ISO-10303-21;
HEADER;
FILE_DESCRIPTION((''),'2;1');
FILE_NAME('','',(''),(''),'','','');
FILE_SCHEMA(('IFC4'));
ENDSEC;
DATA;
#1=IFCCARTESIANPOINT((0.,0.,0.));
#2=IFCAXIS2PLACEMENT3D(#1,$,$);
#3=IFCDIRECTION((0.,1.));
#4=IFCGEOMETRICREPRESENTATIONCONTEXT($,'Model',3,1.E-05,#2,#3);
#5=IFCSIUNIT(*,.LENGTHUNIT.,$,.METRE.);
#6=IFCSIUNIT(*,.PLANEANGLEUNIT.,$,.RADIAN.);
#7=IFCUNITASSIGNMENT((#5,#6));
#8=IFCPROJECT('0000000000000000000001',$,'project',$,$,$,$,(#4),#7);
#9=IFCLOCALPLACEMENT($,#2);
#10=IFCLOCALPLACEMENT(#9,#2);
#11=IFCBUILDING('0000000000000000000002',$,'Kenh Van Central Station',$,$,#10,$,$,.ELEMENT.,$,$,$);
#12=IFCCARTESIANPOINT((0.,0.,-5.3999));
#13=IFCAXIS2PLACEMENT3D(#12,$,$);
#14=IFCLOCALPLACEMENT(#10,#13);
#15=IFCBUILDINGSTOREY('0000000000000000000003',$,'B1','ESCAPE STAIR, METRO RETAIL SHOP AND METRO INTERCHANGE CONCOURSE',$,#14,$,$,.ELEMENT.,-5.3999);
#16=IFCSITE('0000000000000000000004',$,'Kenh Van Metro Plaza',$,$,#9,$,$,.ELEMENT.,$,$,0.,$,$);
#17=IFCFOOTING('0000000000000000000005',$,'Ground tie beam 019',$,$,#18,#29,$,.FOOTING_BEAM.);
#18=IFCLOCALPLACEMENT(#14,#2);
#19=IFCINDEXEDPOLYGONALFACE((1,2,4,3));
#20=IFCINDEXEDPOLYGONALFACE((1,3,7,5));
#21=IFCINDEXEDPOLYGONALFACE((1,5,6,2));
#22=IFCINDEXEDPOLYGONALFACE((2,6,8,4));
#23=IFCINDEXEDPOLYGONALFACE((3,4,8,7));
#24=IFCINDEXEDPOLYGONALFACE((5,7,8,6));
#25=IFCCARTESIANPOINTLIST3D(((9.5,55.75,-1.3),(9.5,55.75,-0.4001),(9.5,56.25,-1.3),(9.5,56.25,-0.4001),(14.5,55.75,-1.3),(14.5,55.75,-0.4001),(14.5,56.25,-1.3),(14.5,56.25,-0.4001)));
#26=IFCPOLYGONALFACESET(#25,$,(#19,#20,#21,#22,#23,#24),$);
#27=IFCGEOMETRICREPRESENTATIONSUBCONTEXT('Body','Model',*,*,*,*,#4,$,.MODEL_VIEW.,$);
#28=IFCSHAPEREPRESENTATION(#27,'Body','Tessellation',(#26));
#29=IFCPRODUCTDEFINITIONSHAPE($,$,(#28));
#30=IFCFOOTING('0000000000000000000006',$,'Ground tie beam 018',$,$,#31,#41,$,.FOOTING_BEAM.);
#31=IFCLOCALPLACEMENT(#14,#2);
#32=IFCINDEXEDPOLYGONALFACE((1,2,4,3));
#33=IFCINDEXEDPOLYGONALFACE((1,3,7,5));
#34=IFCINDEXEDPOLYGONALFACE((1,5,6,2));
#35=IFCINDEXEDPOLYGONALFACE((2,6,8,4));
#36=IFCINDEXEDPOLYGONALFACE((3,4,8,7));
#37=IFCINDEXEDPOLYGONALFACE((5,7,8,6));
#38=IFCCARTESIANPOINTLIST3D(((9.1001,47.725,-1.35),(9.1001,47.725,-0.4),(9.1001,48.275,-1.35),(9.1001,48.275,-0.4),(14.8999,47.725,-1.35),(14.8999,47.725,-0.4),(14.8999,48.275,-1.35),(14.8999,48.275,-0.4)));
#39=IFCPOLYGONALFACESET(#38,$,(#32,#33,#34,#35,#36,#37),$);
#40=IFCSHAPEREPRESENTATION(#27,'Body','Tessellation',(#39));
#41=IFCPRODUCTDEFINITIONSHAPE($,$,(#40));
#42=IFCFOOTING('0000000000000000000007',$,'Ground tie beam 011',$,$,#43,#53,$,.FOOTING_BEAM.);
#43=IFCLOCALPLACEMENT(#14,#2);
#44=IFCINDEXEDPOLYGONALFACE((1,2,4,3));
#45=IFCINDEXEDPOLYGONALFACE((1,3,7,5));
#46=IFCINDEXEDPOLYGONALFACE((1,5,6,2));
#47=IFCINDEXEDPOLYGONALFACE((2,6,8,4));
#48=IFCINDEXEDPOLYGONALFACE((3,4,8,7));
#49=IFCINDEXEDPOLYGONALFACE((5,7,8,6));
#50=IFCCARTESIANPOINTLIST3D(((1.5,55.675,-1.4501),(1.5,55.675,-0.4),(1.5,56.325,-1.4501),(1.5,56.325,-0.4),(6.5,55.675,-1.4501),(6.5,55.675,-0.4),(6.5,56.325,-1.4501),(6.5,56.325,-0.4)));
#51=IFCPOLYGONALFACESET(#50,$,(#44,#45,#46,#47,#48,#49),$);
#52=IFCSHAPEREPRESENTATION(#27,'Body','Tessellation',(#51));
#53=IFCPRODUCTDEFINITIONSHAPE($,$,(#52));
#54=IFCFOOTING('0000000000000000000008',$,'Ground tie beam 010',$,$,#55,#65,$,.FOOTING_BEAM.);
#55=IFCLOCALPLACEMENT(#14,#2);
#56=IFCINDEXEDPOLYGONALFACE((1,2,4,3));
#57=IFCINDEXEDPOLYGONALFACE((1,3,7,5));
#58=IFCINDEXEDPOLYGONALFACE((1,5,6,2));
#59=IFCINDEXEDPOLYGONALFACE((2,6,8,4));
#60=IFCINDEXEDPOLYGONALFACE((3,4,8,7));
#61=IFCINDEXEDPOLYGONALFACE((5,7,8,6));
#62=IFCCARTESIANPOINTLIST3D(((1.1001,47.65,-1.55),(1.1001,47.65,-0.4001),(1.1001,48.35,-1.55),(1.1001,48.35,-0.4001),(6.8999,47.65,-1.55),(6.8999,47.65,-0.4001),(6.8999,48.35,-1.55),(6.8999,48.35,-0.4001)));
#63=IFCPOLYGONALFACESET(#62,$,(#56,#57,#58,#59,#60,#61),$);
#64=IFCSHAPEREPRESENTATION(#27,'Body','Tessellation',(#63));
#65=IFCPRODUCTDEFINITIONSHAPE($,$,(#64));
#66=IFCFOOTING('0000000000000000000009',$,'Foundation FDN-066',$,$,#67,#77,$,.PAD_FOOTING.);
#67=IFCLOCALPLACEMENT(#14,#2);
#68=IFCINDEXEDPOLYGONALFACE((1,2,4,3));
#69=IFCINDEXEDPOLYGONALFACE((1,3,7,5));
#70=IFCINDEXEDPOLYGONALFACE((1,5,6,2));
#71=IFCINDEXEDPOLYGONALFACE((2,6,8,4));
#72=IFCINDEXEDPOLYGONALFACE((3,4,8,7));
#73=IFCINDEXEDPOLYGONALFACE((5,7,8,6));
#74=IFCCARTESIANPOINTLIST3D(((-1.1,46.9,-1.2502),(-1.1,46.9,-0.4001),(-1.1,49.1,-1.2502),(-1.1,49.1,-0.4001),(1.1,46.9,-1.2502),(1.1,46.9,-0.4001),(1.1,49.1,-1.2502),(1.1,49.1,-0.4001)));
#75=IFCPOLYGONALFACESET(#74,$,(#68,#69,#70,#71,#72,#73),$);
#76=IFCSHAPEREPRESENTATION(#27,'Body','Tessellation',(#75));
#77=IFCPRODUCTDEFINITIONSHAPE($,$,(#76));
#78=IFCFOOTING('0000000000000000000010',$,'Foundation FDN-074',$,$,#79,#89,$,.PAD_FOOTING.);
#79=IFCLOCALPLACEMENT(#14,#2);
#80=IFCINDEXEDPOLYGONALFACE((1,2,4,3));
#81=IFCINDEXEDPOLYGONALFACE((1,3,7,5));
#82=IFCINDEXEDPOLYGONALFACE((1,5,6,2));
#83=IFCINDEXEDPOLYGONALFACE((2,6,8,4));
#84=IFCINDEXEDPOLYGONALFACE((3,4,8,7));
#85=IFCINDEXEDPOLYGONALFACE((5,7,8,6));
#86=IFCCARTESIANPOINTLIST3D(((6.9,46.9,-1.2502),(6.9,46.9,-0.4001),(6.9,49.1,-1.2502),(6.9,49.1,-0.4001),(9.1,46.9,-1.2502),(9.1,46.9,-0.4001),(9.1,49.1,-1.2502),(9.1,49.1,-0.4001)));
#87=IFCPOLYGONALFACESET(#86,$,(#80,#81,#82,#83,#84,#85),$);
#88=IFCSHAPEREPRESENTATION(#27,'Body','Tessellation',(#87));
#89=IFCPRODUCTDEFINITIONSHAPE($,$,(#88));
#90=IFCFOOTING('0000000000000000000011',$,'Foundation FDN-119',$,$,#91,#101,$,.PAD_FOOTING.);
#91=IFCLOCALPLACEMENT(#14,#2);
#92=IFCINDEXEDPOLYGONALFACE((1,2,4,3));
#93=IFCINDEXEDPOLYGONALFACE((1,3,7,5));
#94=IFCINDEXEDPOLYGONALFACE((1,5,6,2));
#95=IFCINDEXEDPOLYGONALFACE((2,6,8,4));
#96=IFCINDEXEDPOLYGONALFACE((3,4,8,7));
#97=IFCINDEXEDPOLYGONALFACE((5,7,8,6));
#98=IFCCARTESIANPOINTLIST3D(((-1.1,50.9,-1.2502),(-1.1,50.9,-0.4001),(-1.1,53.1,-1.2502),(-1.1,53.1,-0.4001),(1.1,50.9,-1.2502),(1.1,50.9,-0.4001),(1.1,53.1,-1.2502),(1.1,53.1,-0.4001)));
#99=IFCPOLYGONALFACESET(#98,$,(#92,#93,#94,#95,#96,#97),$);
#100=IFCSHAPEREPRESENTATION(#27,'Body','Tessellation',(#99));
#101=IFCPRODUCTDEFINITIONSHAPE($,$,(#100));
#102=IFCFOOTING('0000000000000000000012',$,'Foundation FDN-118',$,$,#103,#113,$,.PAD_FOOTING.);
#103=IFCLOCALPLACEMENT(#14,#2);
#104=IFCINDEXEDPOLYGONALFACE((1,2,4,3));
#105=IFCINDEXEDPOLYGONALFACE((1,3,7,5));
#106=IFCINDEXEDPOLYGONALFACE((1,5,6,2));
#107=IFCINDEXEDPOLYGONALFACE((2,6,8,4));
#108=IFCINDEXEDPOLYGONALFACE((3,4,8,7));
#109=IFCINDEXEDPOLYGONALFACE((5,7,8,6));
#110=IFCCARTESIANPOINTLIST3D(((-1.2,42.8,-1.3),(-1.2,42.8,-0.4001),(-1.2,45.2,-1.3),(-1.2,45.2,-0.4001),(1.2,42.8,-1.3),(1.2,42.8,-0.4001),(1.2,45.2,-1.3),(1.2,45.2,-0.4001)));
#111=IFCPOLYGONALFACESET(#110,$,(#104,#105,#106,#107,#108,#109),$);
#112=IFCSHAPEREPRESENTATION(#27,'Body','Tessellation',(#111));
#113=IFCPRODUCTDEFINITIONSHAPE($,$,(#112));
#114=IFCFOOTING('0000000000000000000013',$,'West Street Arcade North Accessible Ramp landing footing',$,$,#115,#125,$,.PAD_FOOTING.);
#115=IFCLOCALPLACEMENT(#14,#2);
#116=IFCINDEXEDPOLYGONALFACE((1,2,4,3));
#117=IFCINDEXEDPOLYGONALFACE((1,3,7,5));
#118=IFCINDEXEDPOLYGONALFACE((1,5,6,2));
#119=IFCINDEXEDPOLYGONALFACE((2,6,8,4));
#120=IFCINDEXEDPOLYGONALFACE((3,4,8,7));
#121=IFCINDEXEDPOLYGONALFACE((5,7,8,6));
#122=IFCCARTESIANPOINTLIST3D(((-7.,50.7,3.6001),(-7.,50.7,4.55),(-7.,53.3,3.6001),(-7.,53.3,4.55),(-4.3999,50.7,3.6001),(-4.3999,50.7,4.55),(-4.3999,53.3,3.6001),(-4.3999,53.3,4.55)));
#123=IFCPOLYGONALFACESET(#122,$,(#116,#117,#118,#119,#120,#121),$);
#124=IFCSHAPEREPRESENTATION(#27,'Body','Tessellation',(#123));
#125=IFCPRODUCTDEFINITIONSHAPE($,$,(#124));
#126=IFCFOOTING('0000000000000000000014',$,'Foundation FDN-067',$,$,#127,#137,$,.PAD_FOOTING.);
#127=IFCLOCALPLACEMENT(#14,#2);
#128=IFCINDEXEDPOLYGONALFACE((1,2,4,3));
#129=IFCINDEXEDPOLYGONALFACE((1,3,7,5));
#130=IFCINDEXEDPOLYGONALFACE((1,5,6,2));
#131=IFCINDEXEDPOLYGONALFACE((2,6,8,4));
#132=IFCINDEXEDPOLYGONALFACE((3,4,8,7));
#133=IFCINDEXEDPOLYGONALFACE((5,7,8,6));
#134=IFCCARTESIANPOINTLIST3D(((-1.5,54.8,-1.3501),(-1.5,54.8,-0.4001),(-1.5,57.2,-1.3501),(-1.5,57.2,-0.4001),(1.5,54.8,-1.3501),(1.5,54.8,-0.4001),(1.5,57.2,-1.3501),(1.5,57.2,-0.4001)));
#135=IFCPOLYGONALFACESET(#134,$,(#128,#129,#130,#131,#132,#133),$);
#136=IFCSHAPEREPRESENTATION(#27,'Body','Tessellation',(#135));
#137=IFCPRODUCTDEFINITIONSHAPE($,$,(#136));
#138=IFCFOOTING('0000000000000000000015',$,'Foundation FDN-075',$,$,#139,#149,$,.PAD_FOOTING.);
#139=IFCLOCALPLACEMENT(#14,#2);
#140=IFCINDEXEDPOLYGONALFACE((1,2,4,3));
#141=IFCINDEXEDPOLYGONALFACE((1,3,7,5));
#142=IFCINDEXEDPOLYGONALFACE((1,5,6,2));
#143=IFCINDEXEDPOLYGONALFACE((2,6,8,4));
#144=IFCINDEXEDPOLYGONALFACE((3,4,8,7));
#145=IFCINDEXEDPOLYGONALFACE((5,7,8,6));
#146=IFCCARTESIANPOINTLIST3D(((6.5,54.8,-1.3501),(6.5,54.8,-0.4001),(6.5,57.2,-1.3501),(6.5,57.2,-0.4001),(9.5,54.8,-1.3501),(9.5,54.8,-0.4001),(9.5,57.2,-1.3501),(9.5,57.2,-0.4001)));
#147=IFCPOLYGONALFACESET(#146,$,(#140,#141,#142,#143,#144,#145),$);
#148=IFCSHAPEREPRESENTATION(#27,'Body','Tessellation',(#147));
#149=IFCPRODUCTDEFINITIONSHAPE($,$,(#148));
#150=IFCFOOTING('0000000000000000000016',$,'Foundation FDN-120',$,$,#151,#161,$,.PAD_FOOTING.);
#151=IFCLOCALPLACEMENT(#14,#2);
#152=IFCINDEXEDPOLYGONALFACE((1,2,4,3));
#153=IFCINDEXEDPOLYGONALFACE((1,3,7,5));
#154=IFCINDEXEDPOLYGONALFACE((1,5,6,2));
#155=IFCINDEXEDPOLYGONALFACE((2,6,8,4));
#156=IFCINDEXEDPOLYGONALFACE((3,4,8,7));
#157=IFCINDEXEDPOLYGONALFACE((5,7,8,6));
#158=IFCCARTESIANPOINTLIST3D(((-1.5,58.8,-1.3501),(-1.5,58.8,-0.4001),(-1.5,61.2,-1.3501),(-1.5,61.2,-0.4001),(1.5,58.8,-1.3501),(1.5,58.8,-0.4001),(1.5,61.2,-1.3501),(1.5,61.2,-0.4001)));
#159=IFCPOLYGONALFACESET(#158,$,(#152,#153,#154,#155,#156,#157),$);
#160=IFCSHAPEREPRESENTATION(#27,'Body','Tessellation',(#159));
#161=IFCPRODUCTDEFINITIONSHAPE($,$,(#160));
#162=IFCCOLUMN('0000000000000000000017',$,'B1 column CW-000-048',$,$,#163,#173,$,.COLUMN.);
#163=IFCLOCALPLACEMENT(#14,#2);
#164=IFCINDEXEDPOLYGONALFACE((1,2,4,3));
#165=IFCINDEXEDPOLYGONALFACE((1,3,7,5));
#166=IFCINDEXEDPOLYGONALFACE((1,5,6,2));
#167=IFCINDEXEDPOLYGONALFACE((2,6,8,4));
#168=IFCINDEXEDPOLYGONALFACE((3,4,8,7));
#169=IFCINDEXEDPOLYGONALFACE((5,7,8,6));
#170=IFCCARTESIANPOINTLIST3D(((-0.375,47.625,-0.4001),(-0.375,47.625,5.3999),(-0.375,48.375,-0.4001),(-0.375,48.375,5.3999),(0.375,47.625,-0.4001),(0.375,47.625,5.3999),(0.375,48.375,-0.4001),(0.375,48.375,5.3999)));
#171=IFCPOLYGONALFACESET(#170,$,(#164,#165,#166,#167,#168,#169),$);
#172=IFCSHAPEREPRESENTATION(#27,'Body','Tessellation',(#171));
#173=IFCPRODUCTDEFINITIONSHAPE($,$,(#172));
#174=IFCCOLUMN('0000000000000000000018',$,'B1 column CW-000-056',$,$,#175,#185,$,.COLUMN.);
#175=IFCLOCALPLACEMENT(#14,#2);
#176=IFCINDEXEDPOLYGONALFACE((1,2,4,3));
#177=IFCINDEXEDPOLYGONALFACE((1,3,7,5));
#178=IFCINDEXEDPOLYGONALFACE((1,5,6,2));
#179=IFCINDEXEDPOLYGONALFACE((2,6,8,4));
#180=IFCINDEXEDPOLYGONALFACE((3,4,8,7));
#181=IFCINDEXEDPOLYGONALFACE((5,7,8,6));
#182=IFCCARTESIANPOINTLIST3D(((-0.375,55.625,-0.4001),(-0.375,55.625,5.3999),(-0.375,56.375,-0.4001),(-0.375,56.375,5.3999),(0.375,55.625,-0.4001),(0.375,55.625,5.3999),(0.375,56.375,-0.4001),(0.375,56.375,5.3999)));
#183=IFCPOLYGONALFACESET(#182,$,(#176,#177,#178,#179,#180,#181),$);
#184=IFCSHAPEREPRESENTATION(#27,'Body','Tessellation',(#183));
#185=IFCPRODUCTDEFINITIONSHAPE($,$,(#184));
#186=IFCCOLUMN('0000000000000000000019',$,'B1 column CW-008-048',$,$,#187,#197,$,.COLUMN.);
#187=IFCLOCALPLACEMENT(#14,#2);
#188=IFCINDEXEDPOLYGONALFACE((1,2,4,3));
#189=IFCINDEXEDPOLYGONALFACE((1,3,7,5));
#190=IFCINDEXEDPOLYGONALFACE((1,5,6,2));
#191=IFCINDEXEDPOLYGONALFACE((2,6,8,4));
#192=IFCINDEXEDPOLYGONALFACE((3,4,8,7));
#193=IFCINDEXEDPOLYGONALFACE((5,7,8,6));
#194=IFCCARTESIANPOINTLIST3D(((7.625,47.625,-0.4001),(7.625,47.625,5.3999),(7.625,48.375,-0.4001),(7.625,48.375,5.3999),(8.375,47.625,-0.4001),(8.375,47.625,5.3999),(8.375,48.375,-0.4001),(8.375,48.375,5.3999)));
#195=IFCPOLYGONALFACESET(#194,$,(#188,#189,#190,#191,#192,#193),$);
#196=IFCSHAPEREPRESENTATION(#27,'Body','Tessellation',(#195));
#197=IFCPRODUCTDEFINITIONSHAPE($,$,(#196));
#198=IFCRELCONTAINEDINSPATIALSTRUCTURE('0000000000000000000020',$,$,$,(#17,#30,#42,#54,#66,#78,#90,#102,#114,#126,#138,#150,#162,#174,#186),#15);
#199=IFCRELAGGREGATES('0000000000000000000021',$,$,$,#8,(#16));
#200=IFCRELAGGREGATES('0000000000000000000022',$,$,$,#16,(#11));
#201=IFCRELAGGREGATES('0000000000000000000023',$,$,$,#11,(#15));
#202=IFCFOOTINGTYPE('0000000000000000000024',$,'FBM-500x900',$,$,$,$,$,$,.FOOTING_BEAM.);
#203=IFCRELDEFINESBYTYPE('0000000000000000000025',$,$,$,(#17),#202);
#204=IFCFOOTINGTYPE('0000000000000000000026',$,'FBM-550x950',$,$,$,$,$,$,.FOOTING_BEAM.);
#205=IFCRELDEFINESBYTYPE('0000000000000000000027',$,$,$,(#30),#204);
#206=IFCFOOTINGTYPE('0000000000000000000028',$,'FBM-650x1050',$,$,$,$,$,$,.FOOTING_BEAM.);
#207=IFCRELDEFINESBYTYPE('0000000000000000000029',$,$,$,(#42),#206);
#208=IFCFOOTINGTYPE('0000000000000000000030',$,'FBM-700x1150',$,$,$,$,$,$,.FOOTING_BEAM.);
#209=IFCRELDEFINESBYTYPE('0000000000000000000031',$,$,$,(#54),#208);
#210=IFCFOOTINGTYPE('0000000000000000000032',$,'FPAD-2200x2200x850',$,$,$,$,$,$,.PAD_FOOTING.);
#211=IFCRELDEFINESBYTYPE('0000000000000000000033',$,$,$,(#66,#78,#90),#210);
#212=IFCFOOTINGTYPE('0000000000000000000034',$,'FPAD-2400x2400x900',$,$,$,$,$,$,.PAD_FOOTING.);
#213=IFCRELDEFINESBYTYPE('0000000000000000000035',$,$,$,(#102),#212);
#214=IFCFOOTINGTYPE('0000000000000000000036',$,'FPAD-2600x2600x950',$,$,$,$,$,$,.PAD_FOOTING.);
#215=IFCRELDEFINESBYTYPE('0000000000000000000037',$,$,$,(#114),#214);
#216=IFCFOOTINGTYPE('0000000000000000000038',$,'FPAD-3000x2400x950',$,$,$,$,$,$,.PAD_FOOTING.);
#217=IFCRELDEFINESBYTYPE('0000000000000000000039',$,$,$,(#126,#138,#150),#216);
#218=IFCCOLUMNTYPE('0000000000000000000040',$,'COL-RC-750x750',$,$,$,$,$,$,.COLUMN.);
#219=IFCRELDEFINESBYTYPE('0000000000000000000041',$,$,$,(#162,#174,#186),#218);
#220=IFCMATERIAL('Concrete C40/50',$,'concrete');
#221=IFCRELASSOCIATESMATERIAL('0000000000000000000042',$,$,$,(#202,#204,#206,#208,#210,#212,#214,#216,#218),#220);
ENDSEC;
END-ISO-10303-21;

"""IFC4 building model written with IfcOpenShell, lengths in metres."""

from ifc_helpers import new_model, si_unit, direction, frame, origin, origin_2d, place, context, subcontext, project, spatial, rectangle, extrude, material, material_profile, profile_set, type_object, element, save


model = new_model("IFC4")

# Units and contexts
model_context = context("Model", 3, precision=1e-05, world=origin(), true_north=direction((0.0, 1.0)))
body_context = subcontext(model_context, "Body", "Model", "MODEL_VIEW")
ifc_project = project(units=[si_unit("LENGTHUNIT", "METRE"), si_unit("PLANEANGLEUNIT", "RADIAN")], contexts=[model_context])

# Site, building, storey
site_placement = place(None, origin())
site = spatial("IfcSite", under=ifc_project, at=site_placement, Name="Kenh Van Metro Plaza", CompositionType="ELEMENT", RefElevation=0.0)
building_placement = place(site_placement, origin())
building = spatial("IfcBuilding", under=site, at=building_placement, Name="Kenh Van Central Station", CompositionType="ELEMENT")
storey_placement = place(building_placement, frame((0.0, 0.0, -5.3999)))
storey = spatial("IfcBuildingStorey", under=building, at=storey_placement, Name="B1", Description="ESCAPE STAIR, METRO RETAIL SHOP AND METRO INTERCHANGE CONCOURSE", CompositionType="ELEMENT", Elevation=-5.3999)

# Footings
ifc_material_1 = material(Name="Concrete C40/50", Category="concrete")
ifc_material_profile_1 = material_profile(ifc_material_1, rectangle(XDim=0.5, YDim=0.8999, at=origin_2d()), Name="RC 500x900")
ifc_profile_set_1 = profile_set([ifc_material_profile_1], Name="Concrete C40/50")
footing_type_1 = type_object("IfcFootingType", Name="FBM-500x900", PredefinedType="FOOTING_BEAM", material=ifc_profile_set_1)
footing_1_placement = place(storey_placement, frame((9.5, 56.0, -0.8501), z_axis=(1.0, 0.0, 0.0), x_axis=(0.0, 1.0, 0.0)))
element("IfcFooting", 1, at=footing_1_placement, inside=storey, type_object=footing_type_1, Name="Ground tie beam 019", PredefinedType="FOOTING_BEAM", context=body_context, shape_type="SweptSolid", body=[
    extrude(rectangle(XDim=0.5, YDim=0.8999, at=origin_2d()), origin(), (0.0, 0.0, 1.0), 5.0),
])
ifc_material_profile_2 = material_profile(ifc_material_1, rectangle(XDim=0.55, YDim=0.95, at=origin_2d()), Name="RC 550x950")
ifc_profile_set_2 = profile_set([ifc_material_profile_2], Name="Concrete C40/50")
footing_type_2 = type_object("IfcFootingType", Name="FBM-550x950", PredefinedType="FOOTING_BEAM", material=ifc_profile_set_2)
footing_2_placement = place(storey_placement, frame((9.1001, 48.0, -0.875), z_axis=(1.0, 0.0, 0.0), x_axis=(0.0, 1.0, 0.0)))
element("IfcFooting", 2, at=footing_2_placement, inside=storey, type_object=footing_type_2, Name="Ground tie beam 018", PredefinedType="FOOTING_BEAM", context=body_context, shape_type="SweptSolid", body=[
    extrude(rectangle(XDim=0.55, YDim=0.95, at=origin_2d()), origin(), (0.0, 0.0, 1.0), 5.7998),
])
ifc_material_profile_3 = material_profile(ifc_material_1, rectangle(XDim=0.6499, YDim=1.05, at=origin_2d()), Name="RC 650x1050")
ifc_profile_set_3 = profile_set([ifc_material_profile_3], Name="Concrete C40/50")
footing_type_3 = type_object("IfcFootingType", Name="FBM-650x1050", PredefinedType="FOOTING_BEAM", material=ifc_profile_set_3)
footing_3_placement = place(storey_placement, frame((1.5, 56.0, -0.925), z_axis=(1.0, 0.0, 0.0), x_axis=(0.0, 1.0, 0.0)))
element("IfcFooting", 3, at=footing_3_placement, inside=storey, type_object=footing_type_3, Name="Ground tie beam 011", PredefinedType="FOOTING_BEAM", context=body_context, shape_type="SweptSolid", body=[
    extrude(rectangle(XDim=0.6499, YDim=1.05, at=origin_2d()), origin(), (0.0, 0.0, 1.0), 5.0),
])
ifc_material_profile_4 = material_profile(ifc_material_1, rectangle(XDim=0.7, YDim=1.1499, at=origin_2d()), Name="RC 700x1150")
ifc_profile_set_4 = profile_set([ifc_material_profile_4], Name="Concrete C40/50")
footing_type_4 = type_object("IfcFootingType", Name="FBM-700x1150", PredefinedType="FOOTING_BEAM", material=ifc_profile_set_4)
footing_4_placement = place(storey_placement, frame((1.1001, 48.0, -0.9751), z_axis=(1.0, 0.0, 0.0), x_axis=(0.0, 1.0, 0.0)))
element("IfcFooting", 4, at=footing_4_placement, inside=storey, type_object=footing_type_4, Name="Ground tie beam 010", PredefinedType="FOOTING_BEAM", context=body_context, shape_type="SweptSolid", body=[
    extrude(rectangle(XDim=0.7, YDim=1.1499, at=origin_2d()), origin(), (0.0, 0.0, 1.0), 5.7998),
])
footing_type_5 = type_object("IfcFootingType", Name="FPAD-2200x2200x850", PredefinedType="PAD_FOOTING", material=ifc_material_1)
for number, where, z_axis, x_axis, name in (
    (5, (0.0, 48.0, -1.2502), (0.0, 0.0, 1.0), (1.0, 0.0, 0.0), "Foundation FDN-066"),
    (6, (8.0, 48.0, -1.2502), (0.0, 0.0, 1.0), (1.0, 0.0, 0.0), "Foundation FDN-074"),
    (7, (0.0, 52.0, -1.2502), (0.0, 0.0, 1.0), (1.0, 0.0, 0.0), "Foundation FDN-119"),
):
    element("IfcFooting", number, at=place(storey_placement, frame(where, z_axis=z_axis, x_axis=x_axis)), inside=storey, type_object=footing_type_5, Name=name, PredefinedType="PAD_FOOTING", context=body_context, shape_type="SweptSolid", body=[
        extrude(rectangle(XDim=2.2, YDim=2.2, at=origin_2d()), origin(), (0.0, 0.0, 1.0), 0.8501),
    ])
footing_type_6 = type_object("IfcFootingType", Name="FPAD-2400x2400x900", PredefinedType="PAD_FOOTING", material=ifc_material_1)
footing_5_placement = place(storey_placement, frame((0.0, 44.0, -1.3), z_axis=(0.0, 0.0, 1.0), x_axis=(1.0, 0.0, 0.0)))
element("IfcFooting", 8, at=footing_5_placement, inside=storey, type_object=footing_type_6, Name="Foundation FDN-118", PredefinedType="PAD_FOOTING", context=body_context, shape_type="SweptSolid", body=[
    extrude(rectangle(XDim=2.3999, YDim=2.3999, at=origin_2d()), origin(), (0.0, 0.0, 1.0), 0.8999),
])
footing_type_7 = type_object("IfcFootingType", Name="FPAD-2600x2600x950", PredefinedType="PAD_FOOTING", material=ifc_material_1)
footing_6_placement = place(storey_placement, frame((-5.7, 52.0, 3.6001), z_axis=(0.0, 0.0, 1.0), x_axis=(1.0, 0.0, 0.0)))
element("IfcFooting", 9, at=footing_6_placement, inside=storey, type_object=footing_type_7, Name="West Street Arcade North Accessible Ramp landing footing", PredefinedType="PAD_FOOTING", context=body_context, shape_type="SweptSolid", body=[
    extrude(rectangle(XDim=2.6001, YDim=2.6001, at=origin_2d()), origin(), (0.0, 0.0, 1.0), 0.95),
])
footing_type_8 = type_object("IfcFootingType", Name="FPAD-3000x2400x950", PredefinedType="PAD_FOOTING", material=ifc_material_1)
for number, where, z_axis, x_axis, name in (
    (10, (0.0, 56.0, -1.3501), (0.0, 0.0, 1.0), (1.0, 0.0, 0.0), "Foundation FDN-067"),
    (11, (8.0, 56.0, -1.3501), (0.0, 0.0, 1.0), (1.0, 0.0, 0.0), "Foundation FDN-075"),
    (12, (0.0, 60.0, -1.3501), (0.0, 0.0, 1.0), (1.0, 0.0, 0.0), "Foundation FDN-120"),
):
    element("IfcFooting", number, at=place(storey_placement, frame(where, z_axis=z_axis, x_axis=x_axis)), inside=storey, type_object=footing_type_8, Name=name, PredefinedType="PAD_FOOTING", context=body_context, shape_type="SweptSolid", body=[
        extrude(rectangle(XDim=3.0, YDim=2.3999, at=origin_2d()), origin(), (0.0, 0.0, 1.0), 0.95),
    ])

# Columns
ifc_material_profile_5 = material_profile(ifc_material_1, rectangle(XDim=0.75, YDim=0.75, at=origin_2d()), Name="RC 750x750")
ifc_profile_set_5 = profile_set([ifc_material_profile_5], Name="Concrete C40/50")
column_type_1 = type_object("IfcColumnType", Name="COL-RC-750x750", PredefinedType="COLUMN", material=ifc_profile_set_5)
for number, where, z_axis, x_axis, name in (
    (13, (0.0, 48.0, -0.4001), (0.0, 0.0, 1.0), (1.0, 0.0, 0.0), "B1 column CW-000-048"),
    (14, (0.0, 56.0, -0.4001), (0.0, 0.0, 1.0), (1.0, 0.0, 0.0), "B1 column CW-000-056"),
    (15, (8.0, 48.0, -0.4001), (0.0, 0.0, 1.0), (1.0, 0.0, 0.0), "B1 column CW-008-048"),
):
    element("IfcColumn", number, at=place(storey_placement, frame(where, z_axis=z_axis, x_axis=x_axis)), inside=storey, type_object=column_type_1, Name=name, PredefinedType="COLUMN", context=body_context, shape_type="SweptSolid", body=[
        extrude(rectangle(XDim=0.75, YDim=0.75, at=origin_2d()), origin(), (0.0, 0.0, 1.0), 5.8),
    ])

save(model, "model.ifc")
